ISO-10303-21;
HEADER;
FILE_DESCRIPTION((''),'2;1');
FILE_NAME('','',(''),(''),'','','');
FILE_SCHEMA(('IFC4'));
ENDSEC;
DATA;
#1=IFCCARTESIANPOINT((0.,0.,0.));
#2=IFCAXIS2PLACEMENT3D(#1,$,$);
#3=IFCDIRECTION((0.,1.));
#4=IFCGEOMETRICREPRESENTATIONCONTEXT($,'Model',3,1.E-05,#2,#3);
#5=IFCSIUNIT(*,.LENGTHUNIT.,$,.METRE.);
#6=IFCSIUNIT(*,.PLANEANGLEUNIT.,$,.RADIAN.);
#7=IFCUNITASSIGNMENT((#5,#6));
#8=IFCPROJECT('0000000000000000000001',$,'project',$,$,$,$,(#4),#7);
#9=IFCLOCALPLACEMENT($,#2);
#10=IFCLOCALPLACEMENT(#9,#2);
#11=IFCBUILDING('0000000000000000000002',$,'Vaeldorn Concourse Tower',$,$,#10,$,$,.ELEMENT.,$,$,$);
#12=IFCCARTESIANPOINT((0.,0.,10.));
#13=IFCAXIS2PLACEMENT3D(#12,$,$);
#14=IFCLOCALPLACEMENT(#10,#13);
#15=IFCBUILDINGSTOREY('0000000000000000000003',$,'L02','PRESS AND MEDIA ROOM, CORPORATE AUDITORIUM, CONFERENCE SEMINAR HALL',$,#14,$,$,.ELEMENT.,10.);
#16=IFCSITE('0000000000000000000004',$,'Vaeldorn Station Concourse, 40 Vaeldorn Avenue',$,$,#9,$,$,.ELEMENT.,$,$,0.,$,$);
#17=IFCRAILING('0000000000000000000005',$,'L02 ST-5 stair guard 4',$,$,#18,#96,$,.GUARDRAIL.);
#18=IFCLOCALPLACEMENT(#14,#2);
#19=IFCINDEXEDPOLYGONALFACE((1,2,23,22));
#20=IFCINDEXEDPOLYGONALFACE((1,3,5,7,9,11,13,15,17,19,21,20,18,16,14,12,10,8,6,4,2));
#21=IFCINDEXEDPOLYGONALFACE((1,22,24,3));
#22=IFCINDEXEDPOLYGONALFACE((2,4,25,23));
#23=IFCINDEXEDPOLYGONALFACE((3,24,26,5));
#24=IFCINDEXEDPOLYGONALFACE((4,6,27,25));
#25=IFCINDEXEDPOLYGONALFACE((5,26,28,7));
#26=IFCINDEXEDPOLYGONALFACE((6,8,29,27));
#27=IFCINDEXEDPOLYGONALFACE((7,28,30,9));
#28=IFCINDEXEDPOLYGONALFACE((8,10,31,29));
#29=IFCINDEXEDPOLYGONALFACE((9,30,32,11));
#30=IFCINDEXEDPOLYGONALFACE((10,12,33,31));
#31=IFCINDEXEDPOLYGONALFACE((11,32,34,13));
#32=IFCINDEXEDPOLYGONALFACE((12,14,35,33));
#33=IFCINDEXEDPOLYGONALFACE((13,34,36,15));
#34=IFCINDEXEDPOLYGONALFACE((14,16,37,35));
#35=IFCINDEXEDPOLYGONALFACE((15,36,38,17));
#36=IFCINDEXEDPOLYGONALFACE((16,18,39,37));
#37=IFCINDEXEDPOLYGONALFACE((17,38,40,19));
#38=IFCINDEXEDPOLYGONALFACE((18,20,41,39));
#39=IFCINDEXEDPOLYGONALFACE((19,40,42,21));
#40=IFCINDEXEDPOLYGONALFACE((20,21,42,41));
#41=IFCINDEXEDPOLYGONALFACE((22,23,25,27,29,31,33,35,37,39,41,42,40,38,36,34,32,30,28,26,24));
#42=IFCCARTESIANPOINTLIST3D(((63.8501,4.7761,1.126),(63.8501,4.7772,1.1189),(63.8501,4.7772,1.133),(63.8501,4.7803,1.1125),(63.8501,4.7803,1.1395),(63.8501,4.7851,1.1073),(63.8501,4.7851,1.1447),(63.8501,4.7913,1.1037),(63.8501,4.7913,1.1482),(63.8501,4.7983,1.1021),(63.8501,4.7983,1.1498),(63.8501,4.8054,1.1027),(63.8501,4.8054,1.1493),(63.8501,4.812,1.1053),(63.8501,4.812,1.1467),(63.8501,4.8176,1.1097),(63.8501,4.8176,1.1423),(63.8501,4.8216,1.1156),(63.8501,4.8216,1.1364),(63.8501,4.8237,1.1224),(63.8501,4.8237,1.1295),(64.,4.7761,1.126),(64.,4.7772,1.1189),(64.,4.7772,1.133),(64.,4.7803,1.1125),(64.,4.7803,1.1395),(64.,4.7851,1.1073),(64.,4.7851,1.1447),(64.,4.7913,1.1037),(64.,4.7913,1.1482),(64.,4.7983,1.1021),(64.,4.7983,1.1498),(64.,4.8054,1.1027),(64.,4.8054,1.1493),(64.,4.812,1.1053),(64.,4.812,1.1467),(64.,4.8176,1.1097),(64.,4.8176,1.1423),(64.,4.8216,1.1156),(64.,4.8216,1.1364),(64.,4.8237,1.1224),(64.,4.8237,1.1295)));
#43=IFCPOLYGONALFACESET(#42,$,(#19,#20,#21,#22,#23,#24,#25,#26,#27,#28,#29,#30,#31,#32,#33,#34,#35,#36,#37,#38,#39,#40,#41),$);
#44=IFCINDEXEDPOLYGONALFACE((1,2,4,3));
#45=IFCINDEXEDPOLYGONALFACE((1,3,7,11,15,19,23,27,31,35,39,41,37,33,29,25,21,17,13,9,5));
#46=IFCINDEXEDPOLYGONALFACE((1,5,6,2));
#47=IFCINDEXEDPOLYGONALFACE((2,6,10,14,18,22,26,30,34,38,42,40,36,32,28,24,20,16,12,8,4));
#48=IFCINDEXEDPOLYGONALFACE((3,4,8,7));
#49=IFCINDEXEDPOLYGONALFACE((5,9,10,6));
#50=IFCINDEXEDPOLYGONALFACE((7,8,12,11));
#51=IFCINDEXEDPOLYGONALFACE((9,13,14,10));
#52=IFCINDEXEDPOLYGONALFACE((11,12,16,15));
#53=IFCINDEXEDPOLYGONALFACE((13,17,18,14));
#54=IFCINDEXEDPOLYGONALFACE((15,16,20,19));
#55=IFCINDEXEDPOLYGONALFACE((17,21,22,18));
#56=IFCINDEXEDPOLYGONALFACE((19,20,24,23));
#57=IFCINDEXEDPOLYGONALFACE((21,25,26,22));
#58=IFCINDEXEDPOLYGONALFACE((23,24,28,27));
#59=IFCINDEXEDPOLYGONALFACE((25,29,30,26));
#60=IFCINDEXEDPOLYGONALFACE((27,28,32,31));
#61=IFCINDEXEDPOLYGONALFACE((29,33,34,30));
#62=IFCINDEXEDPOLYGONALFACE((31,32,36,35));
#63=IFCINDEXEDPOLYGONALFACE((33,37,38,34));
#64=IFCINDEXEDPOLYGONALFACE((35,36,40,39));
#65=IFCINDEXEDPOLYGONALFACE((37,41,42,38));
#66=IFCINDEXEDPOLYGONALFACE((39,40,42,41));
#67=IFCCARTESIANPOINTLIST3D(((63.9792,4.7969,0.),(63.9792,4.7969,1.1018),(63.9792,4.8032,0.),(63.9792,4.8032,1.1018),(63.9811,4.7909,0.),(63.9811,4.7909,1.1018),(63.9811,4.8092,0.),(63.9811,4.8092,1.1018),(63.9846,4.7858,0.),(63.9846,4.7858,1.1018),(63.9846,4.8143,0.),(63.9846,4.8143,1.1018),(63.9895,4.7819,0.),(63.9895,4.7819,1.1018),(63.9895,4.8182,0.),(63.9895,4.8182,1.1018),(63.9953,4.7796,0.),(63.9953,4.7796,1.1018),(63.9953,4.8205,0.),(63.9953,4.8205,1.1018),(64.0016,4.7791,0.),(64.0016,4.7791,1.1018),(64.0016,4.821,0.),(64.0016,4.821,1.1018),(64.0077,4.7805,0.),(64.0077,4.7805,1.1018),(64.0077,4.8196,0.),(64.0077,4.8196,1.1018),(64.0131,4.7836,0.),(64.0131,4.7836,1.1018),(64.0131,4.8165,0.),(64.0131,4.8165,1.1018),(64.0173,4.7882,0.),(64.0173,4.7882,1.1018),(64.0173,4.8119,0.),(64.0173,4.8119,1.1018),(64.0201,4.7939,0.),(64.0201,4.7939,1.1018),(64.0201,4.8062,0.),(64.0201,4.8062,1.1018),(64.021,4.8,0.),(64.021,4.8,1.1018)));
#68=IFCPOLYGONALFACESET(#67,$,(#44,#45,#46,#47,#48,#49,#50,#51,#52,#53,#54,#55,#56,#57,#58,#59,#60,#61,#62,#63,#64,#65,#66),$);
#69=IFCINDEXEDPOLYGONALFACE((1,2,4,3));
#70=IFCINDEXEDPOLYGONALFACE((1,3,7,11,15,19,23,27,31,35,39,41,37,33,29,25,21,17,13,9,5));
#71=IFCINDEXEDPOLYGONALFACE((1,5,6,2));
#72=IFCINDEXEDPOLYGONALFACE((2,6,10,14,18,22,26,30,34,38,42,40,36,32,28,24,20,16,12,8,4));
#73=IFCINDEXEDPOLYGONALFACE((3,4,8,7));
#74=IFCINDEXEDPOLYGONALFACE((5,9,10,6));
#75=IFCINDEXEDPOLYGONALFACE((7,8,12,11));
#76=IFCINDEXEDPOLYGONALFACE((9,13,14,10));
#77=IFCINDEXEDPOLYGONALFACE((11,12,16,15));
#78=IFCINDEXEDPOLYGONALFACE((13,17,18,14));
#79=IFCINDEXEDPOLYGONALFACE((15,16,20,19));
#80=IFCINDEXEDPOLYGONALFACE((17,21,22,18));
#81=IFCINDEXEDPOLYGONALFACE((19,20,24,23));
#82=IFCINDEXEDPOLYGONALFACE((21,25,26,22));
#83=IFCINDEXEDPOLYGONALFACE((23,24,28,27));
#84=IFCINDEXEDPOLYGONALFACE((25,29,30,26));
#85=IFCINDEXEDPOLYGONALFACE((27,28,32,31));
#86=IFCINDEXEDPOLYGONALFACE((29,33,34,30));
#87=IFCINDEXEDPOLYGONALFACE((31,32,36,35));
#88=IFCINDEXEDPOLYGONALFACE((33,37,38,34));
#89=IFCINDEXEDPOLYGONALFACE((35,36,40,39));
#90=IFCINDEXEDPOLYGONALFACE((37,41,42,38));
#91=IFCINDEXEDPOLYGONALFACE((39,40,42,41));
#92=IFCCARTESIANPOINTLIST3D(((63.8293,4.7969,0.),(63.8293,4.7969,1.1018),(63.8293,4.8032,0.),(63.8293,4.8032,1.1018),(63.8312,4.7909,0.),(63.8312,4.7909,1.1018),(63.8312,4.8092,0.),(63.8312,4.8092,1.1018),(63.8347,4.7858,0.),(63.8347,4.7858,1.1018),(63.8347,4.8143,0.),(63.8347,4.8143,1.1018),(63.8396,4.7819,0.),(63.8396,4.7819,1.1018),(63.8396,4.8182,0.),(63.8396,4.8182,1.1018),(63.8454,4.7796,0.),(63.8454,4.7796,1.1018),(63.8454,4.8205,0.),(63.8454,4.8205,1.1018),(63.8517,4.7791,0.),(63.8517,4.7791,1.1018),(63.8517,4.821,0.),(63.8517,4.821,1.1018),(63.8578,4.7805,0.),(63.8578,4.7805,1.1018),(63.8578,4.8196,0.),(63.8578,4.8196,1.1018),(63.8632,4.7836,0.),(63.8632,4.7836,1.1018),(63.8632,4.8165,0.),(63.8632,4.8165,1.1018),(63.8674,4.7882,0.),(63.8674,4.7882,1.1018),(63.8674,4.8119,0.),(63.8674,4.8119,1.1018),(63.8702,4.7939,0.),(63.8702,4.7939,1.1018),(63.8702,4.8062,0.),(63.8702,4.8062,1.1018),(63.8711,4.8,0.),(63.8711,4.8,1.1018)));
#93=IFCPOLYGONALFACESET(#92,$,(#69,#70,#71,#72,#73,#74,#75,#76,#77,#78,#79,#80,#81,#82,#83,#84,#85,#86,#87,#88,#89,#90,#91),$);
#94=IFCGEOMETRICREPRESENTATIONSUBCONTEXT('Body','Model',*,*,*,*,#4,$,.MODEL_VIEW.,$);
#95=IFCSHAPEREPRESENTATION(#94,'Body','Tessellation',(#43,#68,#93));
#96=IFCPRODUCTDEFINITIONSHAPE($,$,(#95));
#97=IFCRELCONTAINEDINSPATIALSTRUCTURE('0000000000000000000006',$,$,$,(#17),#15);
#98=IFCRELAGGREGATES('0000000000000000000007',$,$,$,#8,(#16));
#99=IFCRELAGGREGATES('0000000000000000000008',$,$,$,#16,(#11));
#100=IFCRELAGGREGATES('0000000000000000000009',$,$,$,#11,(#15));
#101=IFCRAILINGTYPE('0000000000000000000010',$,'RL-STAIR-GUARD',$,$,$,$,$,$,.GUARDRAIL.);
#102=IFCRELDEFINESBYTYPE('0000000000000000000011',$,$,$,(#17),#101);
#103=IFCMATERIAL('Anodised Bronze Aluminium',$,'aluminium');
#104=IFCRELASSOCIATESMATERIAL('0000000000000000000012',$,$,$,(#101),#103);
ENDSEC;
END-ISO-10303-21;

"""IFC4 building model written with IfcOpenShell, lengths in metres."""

from ifc_helpers import new_model, si_unit, direction, frame, origin, origin_2d, place, context, subcontext, project, spatial, circle, extrude, material, type_object, element, save


model = new_model("IFC4")

# Units and contexts
model_context = context("Model", 3, precision=1e-05, world=origin(), true_north=direction((0.0, 1.0)))
body_context = subcontext(model_context, "Body", "Model", "MODEL_VIEW")
ifc_project = project(units=[si_unit("LENGTHUNIT", "METRE"), si_unit("PLANEANGLEUNIT", "RADIAN")], contexts=[model_context])

# Site, building, storey
site_placement = place(None, origin())
site = spatial("IfcSite", under=ifc_project, at=site_placement, Name="Vaeldorn Station Concourse, 40 Vaeldorn Avenue", CompositionType="ELEMENT", RefElevation=0.0)
building_placement = place(site_placement, origin())
building = spatial("IfcBuilding", under=site, at=building_placement, Name="Vaeldorn Concourse Tower", CompositionType="ELEMENT")
storey_placement = place(building_placement, frame((0.0, 0.0, 10.0)))
storey = spatial("IfcBuildingStorey", under=building, at=storey_placement, Name="L02", Description="PRESS AND MEDIA ROOM, CORPORATE AUDITORIUM, CONFERENCE SEMINAR HALL", CompositionType="ELEMENT", Elevation=10.0)

# Shared definitions
ifc_material_1 = material(Name="Anodised Bronze Aluminium", Category="aluminium")

# Railing
railing_type_1 = type_object("IfcRailingType", Name="RL-STAIR-GUARD", PredefinedType="GUARDRAIL", material=ifc_material_1)
railing_1_placement = place(storey_placement, frame((64.0, 4.8, 0.0)))
element("IfcRailing", 1, at=railing_1_placement, inside=storey, type_object=railing_type_1, Name="L02 ST-5 stair guard 4", PredefinedType="GUARDRAIL", context=body_context, shape_type="SweptSolid", body=[
    extrude(circle(Radius=0.0239, at=origin_2d()), frame((0.0, 0.0, 1.126), z_axis=(-1.0, 0.0, 0.0), x_axis=(0.0, -1.0, 0.0)), (0.0, 0.0, 1.0), 0.1499),
    extrude(circle(Radius=0.021, at=origin_2d()), origin(), (0.0, 0.0, 1.0), 1.1018),
    extrude(circle(Radius=0.021, at=origin_2d()), frame((-0.1499, 0.0, 0.0)), (0.0, 0.0, 1.0), 1.1018),
])

save(model, "model.ifc")
